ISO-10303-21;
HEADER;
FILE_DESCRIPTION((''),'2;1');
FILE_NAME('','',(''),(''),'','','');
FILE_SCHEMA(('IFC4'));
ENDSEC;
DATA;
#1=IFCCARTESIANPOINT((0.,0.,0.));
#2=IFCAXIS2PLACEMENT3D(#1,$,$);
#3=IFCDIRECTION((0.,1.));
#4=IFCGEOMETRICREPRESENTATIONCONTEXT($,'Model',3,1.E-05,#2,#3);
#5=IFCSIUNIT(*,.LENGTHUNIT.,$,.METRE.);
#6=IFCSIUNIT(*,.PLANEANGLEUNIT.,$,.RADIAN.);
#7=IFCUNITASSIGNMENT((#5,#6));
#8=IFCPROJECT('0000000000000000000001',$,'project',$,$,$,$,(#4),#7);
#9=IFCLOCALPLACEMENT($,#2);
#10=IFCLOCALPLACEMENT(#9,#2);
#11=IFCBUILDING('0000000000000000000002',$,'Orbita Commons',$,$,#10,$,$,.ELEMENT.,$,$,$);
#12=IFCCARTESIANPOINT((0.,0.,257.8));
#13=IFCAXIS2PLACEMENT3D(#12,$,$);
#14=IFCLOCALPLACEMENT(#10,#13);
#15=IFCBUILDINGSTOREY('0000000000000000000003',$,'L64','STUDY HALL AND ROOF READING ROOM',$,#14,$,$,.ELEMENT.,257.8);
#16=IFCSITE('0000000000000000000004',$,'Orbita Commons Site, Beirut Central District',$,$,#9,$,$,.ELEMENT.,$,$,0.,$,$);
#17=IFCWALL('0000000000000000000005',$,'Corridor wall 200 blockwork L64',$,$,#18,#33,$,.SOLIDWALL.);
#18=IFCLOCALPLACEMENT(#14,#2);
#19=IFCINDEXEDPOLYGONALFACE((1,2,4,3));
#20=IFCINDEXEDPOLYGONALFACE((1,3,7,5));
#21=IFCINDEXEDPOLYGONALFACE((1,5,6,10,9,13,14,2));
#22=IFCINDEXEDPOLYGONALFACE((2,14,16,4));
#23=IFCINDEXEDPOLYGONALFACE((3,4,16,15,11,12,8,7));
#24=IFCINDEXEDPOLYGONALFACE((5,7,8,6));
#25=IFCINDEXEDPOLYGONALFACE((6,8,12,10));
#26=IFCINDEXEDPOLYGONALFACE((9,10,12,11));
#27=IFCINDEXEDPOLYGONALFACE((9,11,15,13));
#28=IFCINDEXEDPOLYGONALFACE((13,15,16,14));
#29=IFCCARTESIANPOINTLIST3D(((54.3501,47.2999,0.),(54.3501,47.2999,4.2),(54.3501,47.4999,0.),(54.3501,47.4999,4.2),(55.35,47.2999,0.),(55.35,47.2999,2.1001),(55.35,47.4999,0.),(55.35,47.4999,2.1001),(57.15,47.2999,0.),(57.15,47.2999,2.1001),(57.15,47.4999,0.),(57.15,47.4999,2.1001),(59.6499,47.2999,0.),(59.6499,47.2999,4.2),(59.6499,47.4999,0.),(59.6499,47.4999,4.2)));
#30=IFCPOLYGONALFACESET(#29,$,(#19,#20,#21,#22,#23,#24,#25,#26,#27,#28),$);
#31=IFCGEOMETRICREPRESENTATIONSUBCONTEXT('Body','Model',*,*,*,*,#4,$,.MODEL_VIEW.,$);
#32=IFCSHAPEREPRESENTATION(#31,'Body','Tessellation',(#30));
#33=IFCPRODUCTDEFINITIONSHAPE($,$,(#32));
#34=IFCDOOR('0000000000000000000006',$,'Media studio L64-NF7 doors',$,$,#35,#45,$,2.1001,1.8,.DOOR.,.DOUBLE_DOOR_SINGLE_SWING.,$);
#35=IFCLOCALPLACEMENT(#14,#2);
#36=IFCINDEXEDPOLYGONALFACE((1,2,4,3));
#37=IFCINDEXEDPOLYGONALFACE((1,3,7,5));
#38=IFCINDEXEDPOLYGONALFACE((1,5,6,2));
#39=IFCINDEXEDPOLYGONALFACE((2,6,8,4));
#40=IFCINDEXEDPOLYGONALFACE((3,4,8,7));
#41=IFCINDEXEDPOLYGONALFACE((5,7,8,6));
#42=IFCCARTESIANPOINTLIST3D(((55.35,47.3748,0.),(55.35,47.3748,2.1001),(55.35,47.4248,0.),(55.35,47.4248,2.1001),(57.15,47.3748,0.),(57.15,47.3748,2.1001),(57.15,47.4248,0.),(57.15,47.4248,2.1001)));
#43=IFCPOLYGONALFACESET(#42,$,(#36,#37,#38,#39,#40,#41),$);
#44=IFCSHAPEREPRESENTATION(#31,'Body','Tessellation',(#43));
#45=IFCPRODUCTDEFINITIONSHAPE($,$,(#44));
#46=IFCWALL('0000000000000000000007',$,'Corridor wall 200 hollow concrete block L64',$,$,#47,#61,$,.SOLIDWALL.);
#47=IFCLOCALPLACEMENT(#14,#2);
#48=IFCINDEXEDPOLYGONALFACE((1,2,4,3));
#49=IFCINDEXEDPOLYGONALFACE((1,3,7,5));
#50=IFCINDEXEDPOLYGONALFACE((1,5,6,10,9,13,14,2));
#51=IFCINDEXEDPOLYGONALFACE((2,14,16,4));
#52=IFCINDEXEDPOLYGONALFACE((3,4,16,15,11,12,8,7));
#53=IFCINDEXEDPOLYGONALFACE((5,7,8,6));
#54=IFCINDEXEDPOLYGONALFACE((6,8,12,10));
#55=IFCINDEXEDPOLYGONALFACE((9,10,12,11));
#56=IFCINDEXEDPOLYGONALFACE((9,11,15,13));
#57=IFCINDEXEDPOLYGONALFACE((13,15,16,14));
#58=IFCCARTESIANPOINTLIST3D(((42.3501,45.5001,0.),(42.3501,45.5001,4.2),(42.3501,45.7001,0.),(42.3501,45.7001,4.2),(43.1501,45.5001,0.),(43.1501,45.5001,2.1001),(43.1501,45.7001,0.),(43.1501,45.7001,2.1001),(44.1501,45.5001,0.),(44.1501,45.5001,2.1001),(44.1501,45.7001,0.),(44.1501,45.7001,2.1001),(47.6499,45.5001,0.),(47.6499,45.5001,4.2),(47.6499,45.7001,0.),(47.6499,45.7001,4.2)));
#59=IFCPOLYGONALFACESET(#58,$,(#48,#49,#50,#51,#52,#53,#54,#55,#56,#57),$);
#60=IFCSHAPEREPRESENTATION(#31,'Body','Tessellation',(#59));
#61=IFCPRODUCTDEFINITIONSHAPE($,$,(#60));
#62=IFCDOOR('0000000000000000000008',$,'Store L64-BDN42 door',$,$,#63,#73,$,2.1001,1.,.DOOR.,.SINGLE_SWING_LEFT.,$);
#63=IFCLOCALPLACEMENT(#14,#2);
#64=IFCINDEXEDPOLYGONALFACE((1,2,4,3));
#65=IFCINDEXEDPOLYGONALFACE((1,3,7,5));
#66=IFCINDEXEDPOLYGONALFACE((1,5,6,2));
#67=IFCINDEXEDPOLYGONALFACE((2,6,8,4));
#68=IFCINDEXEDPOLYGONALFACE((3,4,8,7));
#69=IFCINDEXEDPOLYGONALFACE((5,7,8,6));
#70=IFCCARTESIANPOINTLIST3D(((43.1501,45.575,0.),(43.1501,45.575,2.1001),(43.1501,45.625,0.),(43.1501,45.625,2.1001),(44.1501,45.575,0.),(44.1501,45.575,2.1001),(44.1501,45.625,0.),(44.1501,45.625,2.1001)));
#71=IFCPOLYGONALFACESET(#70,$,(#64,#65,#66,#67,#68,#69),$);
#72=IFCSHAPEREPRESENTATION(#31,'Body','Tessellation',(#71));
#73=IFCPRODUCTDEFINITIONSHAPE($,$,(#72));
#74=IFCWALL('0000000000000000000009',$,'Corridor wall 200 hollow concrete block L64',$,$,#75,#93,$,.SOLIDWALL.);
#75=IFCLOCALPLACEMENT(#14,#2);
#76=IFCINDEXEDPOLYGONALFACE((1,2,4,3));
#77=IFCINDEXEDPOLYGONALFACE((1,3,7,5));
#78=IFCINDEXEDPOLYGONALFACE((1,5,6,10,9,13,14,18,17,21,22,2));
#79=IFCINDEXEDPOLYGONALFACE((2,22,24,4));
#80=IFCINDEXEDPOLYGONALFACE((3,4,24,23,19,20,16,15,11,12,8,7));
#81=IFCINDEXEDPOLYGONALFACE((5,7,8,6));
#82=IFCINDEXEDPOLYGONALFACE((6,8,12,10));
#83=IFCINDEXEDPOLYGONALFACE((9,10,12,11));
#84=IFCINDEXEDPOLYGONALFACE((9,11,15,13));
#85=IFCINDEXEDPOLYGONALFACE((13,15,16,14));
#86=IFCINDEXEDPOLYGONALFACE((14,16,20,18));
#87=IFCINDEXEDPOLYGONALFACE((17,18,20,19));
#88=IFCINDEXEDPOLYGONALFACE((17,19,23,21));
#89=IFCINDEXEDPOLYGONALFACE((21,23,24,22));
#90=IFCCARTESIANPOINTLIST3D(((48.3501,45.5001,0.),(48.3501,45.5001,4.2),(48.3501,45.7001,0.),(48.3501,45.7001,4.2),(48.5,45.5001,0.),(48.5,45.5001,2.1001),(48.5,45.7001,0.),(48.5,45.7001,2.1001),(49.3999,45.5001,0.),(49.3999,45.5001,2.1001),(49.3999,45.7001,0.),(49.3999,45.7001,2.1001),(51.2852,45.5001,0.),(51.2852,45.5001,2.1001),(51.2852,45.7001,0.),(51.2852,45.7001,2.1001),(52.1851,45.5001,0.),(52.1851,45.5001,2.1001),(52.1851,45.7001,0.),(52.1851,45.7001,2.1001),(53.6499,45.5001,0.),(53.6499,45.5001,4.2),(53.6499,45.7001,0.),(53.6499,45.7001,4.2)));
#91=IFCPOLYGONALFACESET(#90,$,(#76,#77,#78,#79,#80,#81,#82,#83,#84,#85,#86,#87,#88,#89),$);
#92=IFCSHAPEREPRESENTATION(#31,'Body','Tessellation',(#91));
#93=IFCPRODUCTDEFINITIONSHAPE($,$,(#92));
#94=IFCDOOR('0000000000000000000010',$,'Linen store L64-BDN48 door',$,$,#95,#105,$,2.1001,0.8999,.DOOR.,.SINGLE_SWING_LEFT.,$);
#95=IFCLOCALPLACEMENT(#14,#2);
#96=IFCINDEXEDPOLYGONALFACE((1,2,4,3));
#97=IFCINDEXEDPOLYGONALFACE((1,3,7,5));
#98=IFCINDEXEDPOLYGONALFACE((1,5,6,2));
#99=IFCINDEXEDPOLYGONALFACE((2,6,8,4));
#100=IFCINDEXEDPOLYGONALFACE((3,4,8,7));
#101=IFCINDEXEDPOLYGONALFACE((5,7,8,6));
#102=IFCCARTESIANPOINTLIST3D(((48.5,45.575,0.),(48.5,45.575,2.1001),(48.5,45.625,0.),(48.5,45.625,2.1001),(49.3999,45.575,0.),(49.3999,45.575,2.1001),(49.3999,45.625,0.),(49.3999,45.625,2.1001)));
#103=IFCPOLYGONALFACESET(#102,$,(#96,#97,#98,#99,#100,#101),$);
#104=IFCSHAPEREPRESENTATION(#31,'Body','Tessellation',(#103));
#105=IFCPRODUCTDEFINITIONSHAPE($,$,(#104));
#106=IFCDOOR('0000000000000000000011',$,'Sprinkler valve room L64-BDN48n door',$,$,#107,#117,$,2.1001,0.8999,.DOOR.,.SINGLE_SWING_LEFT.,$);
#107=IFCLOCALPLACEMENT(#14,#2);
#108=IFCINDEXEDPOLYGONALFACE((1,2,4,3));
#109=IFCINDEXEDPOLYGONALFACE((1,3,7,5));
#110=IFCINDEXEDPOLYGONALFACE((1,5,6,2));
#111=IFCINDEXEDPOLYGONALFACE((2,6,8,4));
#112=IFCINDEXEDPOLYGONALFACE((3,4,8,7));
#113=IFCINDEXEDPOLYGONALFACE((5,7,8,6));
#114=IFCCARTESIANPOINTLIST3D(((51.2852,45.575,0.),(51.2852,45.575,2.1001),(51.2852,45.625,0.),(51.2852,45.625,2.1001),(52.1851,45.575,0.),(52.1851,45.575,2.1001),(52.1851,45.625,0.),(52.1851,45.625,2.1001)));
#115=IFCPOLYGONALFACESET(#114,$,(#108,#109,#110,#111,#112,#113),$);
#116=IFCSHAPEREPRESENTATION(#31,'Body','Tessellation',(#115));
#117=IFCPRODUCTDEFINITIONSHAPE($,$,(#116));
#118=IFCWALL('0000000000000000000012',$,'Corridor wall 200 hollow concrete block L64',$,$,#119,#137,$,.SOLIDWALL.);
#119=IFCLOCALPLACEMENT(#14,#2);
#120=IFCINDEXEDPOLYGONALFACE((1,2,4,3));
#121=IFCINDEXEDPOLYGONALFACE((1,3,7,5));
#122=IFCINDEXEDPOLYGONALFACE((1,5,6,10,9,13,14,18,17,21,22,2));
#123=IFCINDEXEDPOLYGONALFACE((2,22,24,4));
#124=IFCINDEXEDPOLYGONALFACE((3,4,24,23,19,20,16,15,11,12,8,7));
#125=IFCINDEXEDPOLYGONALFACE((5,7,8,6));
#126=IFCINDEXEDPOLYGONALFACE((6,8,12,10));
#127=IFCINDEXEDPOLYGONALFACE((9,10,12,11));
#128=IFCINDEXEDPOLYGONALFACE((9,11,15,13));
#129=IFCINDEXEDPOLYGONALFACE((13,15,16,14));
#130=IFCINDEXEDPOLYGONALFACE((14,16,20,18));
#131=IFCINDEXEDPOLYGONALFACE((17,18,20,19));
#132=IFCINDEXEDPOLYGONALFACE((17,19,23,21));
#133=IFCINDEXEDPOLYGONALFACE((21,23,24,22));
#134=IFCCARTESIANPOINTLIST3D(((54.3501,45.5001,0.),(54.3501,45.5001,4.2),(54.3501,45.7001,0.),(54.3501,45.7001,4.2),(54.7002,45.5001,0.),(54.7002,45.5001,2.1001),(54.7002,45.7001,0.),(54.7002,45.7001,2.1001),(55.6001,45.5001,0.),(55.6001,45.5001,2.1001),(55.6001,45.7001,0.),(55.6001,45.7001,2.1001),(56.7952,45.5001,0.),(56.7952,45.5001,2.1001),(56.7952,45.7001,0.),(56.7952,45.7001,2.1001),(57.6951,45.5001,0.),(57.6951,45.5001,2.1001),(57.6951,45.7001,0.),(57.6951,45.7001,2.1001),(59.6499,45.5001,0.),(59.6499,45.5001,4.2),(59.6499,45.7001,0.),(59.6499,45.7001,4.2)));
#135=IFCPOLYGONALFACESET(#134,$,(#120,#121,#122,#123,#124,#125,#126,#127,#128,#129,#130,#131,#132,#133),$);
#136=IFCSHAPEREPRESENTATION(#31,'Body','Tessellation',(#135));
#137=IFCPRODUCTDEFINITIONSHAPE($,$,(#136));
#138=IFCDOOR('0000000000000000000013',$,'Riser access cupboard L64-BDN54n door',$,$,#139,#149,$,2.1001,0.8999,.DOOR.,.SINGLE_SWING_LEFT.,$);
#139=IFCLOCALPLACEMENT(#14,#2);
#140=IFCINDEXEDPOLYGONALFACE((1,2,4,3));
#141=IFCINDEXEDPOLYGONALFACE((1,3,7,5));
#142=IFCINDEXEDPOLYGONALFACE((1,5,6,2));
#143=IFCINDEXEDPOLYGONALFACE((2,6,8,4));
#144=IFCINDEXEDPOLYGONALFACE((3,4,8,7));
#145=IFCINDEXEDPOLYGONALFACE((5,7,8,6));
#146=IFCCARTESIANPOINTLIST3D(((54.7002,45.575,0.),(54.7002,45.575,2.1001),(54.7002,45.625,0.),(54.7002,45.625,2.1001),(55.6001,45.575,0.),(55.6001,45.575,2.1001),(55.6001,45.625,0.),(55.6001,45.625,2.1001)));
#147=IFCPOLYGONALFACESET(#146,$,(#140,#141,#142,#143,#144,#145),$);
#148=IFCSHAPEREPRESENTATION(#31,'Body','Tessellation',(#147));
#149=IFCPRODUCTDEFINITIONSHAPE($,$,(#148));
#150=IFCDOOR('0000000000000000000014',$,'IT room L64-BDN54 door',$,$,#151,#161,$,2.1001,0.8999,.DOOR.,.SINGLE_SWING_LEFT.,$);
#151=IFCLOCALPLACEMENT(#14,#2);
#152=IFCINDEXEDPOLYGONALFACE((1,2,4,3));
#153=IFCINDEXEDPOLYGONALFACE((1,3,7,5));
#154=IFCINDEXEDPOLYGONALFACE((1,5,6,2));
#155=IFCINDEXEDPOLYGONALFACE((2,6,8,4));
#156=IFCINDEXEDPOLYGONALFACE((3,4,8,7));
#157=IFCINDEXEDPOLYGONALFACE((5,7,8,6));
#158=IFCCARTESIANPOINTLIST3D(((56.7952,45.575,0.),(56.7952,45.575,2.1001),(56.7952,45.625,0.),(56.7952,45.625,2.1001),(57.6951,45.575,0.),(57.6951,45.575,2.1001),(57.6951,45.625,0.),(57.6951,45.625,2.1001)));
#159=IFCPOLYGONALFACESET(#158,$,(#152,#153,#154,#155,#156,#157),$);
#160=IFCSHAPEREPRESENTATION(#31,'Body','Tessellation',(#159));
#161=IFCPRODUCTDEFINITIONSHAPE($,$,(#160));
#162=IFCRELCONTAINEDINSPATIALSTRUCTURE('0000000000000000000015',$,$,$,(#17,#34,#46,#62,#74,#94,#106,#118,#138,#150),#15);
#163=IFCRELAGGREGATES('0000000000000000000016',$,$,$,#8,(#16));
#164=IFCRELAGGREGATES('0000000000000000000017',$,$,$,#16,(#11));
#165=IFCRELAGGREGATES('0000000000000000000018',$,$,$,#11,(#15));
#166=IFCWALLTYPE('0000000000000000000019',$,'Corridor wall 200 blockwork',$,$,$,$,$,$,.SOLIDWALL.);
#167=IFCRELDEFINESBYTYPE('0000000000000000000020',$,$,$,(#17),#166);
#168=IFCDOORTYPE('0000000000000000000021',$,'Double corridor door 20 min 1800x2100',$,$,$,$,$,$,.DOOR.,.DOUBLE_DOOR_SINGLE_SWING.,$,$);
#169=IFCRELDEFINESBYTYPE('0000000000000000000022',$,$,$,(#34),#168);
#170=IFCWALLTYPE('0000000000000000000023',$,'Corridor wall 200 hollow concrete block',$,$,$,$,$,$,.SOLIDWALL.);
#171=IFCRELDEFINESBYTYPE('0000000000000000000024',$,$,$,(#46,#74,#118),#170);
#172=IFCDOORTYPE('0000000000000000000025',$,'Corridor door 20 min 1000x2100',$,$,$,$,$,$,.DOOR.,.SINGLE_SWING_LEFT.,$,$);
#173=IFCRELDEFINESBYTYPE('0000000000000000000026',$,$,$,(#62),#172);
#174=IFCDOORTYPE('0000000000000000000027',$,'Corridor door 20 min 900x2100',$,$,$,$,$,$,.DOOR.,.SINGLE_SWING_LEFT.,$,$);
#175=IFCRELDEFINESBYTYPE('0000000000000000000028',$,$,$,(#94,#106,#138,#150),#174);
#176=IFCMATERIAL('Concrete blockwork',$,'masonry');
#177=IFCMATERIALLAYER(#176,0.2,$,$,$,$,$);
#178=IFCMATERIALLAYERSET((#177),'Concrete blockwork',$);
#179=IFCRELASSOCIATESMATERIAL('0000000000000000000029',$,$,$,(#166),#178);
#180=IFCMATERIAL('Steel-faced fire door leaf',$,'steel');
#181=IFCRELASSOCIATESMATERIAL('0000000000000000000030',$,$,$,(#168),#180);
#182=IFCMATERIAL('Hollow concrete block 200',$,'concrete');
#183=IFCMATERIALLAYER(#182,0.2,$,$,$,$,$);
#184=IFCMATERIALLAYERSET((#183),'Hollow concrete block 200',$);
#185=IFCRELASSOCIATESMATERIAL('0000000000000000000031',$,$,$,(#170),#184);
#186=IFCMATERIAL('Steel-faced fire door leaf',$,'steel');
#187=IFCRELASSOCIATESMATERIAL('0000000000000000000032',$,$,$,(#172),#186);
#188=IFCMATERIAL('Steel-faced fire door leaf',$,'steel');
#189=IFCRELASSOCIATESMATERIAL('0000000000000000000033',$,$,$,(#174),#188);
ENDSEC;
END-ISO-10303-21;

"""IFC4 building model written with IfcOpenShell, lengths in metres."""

from ifc_helpers import new_model, si_unit, direction, frame, frame_2d, origin, place, context, subcontext, project, spatial, rectangle, extrude, material, layer, layer_set, type_object, element, fill, save


model = new_model("IFC4")

# Units and contexts
model_context = context("Model", 3, precision=1e-05, world=origin(), true_north=direction((0.0, 1.0)))
body_context = subcontext(model_context, "Body", "Model", "MODEL_VIEW")
ifc_project = project(units=[si_unit("LENGTHUNIT", "METRE"), si_unit("PLANEANGLEUNIT", "RADIAN")], contexts=[model_context])

# Site, building, storey
site_placement = place(None, origin())
site = spatial("IfcSite", under=ifc_project, at=site_placement, Name="Orbita Commons Site, Beirut Central District", CompositionType="ELEMENT", RefElevation=0.0)
building_placement = place(site_placement, origin())
building = spatial("IfcBuilding", under=site, at=building_placement, Name="Orbita Commons", CompositionType="ELEMENT")
storey_placement = place(building_placement, frame((0.0, 0.0, 257.8)))
storey = spatial("IfcBuildingStorey", under=building, at=storey_placement, Name="L64", Description="STUDY HALL AND ROOF READING ROOM", CompositionType="ELEMENT", Elevation=257.8)

# Walls, openings, doors
ifc_material_1 = material(Name="Concrete blockwork", Category="masonry")
ifc_layer_1 = layer(ifc_material_1, 0.2)
ifc_layer_set_1 = layer_set([ifc_layer_1], Name="Concrete blockwork")
wall_type_1 = type_object("IfcWallType", Name="Corridor wall 200 blockwork", PredefinedType="SOLIDWALL", material=ifc_layer_set_1)
ifc_material_2 = material(Name="Steel-faced fire door leaf", Category="steel")
door_type_1 = type_object("IfcDoorType", Name="Double corridor door 20 min 1800x2100", OperationType="DOUBLE_DOOR_SINGLE_SWING", PredefinedType="DOOR", material=ifc_material_2)
wall_1_placement = place(storey_placement, frame((54.3501, 47.3999, 0.0), z_axis=(0.0, 0.0, 1.0), x_axis=(1.0, 0.0, 0.0)))
wall_1 = element("IfcWall", 1, at=wall_1_placement, inside=storey, type_object=wall_type_1, Name="Corridor wall 200 blockwork L64", PredefinedType="SOLIDWALL", context=body_context, shape_type="SweptSolid", body=[
    extrude(rectangle(XDim=5.2998, YDim=0.2, at=frame_2d((2.6499, 0.0))), origin(), (0.0, 0.0, 1.0), 4.2),
])
opening_1_placement = place(wall_1_placement, frame((1.0, 0.0, 0.0)))
opening_1 = element("IfcOpeningElement", 2, at=opening_1_placement, cuts=wall_1, PredefinedType="OPENING", context=body_context, shape_type="SweptSolid", body=[
    extrude(rectangle(XDim=1.8, YDim=2.1001, at=frame_2d((0.8999, 1.05))), frame((0.0, 0.1099, 0.0), z_axis=(0.0, -1.0, 0.0), x_axis=(1.0, 0.0, 0.0)), (0.0, 0.0, 1.0), 0.22),
])
door_1_placement = place(opening_1_placement, origin())
door_1 = element("IfcDoor", 3, at=door_1_placement, inside=storey, type_object=door_type_1, Name="Media studio L64-NF7 doors", OperationType="DOUBLE_DOOR_SINGLE_SWING", OverallHeight=2.1001, OverallWidth=1.8, PredefinedType="DOOR", context=body_context, shape_type="SweptSolid", body=[
    extrude(rectangle(XDim=1.8, YDim=2.1001, at=frame_2d((0.8999, 1.05))), frame((0.0, 0.0249, 0.0), z_axis=(0.0, -1.0, 0.0), x_axis=(1.0, 0.0, 0.0)), (0.0, 0.0, 1.0), 0.05),
])
fill(opening_1, door_1)
ifc_material_3 = material(Name="Hollow concrete block 200", Category="concrete")
ifc_layer_2 = layer(ifc_material_3, 0.2)
ifc_layer_set_2 = layer_set([ifc_layer_2], Name="Hollow concrete block 200")
wall_type_2 = type_object("IfcWallType", Name="Corridor wall 200 hollow concrete block", PredefinedType="SOLIDWALL", material=ifc_layer_set_2)
wall_2_placement = place(storey_placement, frame((42.3501, 45.6001, 0.0), z_axis=(0.0, 0.0, 1.0), x_axis=(1.0, 0.0, 0.0)))
wall_2 = element("IfcWall", 4, at=wall_2_placement, inside=storey, type_object=wall_type_2, Name="Corridor wall 200 hollow concrete block L64", PredefinedType="SOLIDWALL", context=body_context, shape_type="SweptSolid", body=[
    extrude(rectangle(XDim=5.2998, YDim=0.2, at=frame_2d((2.6499, 0.0))), origin(), (0.0, 0.0, 1.0), 4.2),
])
opening_2_placement = place(wall_2_placement, frame((0.8, 0.0, 0.0)))
opening_2 = element("IfcOpeningElement", 5, at=opening_2_placement, cuts=wall_2, PredefinedType="OPENING", context=body_context, shape_type="SweptSolid", body=[
    extrude(rectangle(XDim=1.0, YDim=2.1001, at=frame_2d((0.5, 1.05))), frame((0.0, 0.1099, 0.0), z_axis=(0.0, -1.0, 0.0), x_axis=(1.0, 0.0, 0.0)), (0.0, 0.0, 1.0), 0.22),
])
ifc_material_4 = material(Name="Steel-faced fire door leaf", Category="steel")
door_type_2 = type_object("IfcDoorType", Name="Corridor door 20 min 1000x2100", OperationType="SINGLE_SWING_LEFT", PredefinedType="DOOR", material=ifc_material_4)
door_2_placement = place(opening_2_placement, origin())
door_2 = element("IfcDoor", 6, at=door_2_placement, inside=storey, type_object=door_type_2, Name="Store L64-BDN42 door", OperationType="SINGLE_SWING_LEFT", OverallHeight=2.1001, OverallWidth=1.0, PredefinedType="DOOR", context=body_context, shape_type="SweptSolid", body=[
    extrude(rectangle(XDim=1.0, YDim=2.1001, at=frame_2d((0.5, 1.05))), frame((0.0, 0.0249, 0.0), z_axis=(0.0, -1.0, 0.0), x_axis=(1.0, 0.0, 0.0)), (0.0, 0.0, 1.0), 0.05),
])
fill(opening_2, door_2)

# Walls, openings, doors
wall_3_placement = place(storey_placement, frame((48.3501, 45.6001, 0.0), z_axis=(0.0, 0.0, 1.0), x_axis=(1.0, 0.0, 0.0)))
wall_3 = element("IfcWall", 7, at=wall_3_placement, inside=storey, type_object=wall_type_2, Name="Corridor wall 200 hollow concrete block L64", PredefinedType="SOLIDWALL", context=body_context, shape_type="SweptSolid", body=[
    extrude(rectangle(XDim=5.2998, YDim=0.2, at=frame_2d((2.6499, 0.0))), origin(), (0.0, 0.0, 1.0), 4.2),
])
opening_3_placement = place(wall_3_placement, frame((0.1499, 0.0, 0.0)))
opening_3 = element("IfcOpeningElement", 8, at=opening_3_placement, cuts=wall_3, PredefinedType="OPENING", context=body_context, shape_type="SweptSolid", body=[
    extrude(rectangle(XDim=0.8999, YDim=2.1001, at=frame_2d((0.45, 1.05))), frame((0.0, 0.1099, 0.0), z_axis=(0.0, -1.0, 0.0), x_axis=(1.0, 0.0, 0.0)), (0.0, 0.0, 1.0), 0.22),
])
opening_4_placement = place(wall_3_placement, frame((2.9351, 0.0, 0.0)))
opening_4 = element("IfcOpeningElement", 9, at=opening_4_placement, cuts=wall_3, PredefinedType="OPENING", context=body_context, shape_type="SweptSolid", body=[
    extrude(rectangle(XDim=0.8999, YDim=2.1001, at=frame_2d((0.45, 1.05))), frame((0.0, 0.1099, 0.0), z_axis=(0.0, -1.0, 0.0), x_axis=(1.0, 0.0, 0.0)), (0.0, 0.0, 1.0), 0.22),
])
ifc_material_5 = material(Name="Steel-faced fire door leaf", Category="steel")
door_type_3 = type_object("IfcDoorType", Name="Corridor door 20 min 900x2100", OperationType="SINGLE_SWING_LEFT", PredefinedType="DOOR", material=ifc_material_5)
door_3_placement = place(opening_3_placement, origin())
door_3 = element("IfcDoor", 10, at=door_3_placement, inside=storey, type_object=door_type_3, Name="Linen store L64-BDN48 door", OperationType="SINGLE_SWING_LEFT", OverallHeight=2.1001, OverallWidth=0.8999, PredefinedType="DOOR", context=body_context, shape_type="SweptSolid", body=[
    extrude(rectangle(XDim=0.8999, YDim=2.1001, at=frame_2d((0.45, 1.05))), frame((0.0, 0.0249, 0.0), z_axis=(0.0, -1.0, 0.0), x_axis=(1.0, 0.0, 0.0)), (0.0, 0.0, 1.0), 0.05),
])
fill(opening_3, door_3)
door_4_placement = place(opening_4_placement, origin())
door_4 = element("IfcDoor", 11, at=door_4_placement, inside=storey, type_object=door_type_3, Name="Sprinkler valve room L64-BDN48n door", OperationType="SINGLE_SWING_LEFT", OverallHeight=2.1001, OverallWidth=0.8999, PredefinedType="DOOR", context=body_context, shape_type="SweptSolid", body=[
    extrude(rectangle(XDim=0.8999, YDim=2.1001, at=frame_2d((0.45, 1.05))), frame((0.0, 0.0249, 0.0), z_axis=(0.0, -1.0, 0.0), x_axis=(1.0, 0.0, 0.0)), (0.0, 0.0, 1.0), 0.05),
])
fill(opening_4, door_4)
wall_4_placement = place(storey_placement, frame((54.3501, 45.6001, 0.0), z_axis=(0.0, 0.0, 1.0), x_axis=(1.0, 0.0, 0.0)))
wall_4 = element("IfcWall", 12, at=wall_4_placement, inside=storey, type_object=wall_type_2, Name="Corridor wall 200 hollow concrete block L64", PredefinedType="SOLIDWALL", context=body_context, shape_type="SweptSolid", body=[
    extrude(rectangle(XDim=5.2998, YDim=0.2, at=frame_2d((2.6499, 0.0))), origin(), (0.0, 0.0, 1.0), 4.2),
])
opening_5_placement = place(wall_4_placement, frame((0.3501, 0.0, 0.0)))
opening_5 = element("IfcOpeningElement", 13, at=opening_5_placement, cuts=wall_4, PredefinedType="OPENING", context=body_context, shape_type="SweptSolid", body=[
    extrude(rectangle(XDim=0.8999, YDim=2.1001, at=frame_2d((0.45, 1.05))), frame((0.0, 0.1099, 0.0), z_axis=(0.0, -1.0, 0.0), x_axis=(1.0, 0.0, 0.0)), (0.0, 0.0, 1.0), 0.22),
])
opening_6_placement = place(wall_4_placement, frame((2.4451, 0.0, 0.0)))
opening_6 = element("IfcOpeningElement", 14, at=opening_6_placement, cuts=wall_4, PredefinedType="OPENING", context=body_context, shape_type="SweptSolid", body=[
    extrude(rectangle(XDim=0.8999, YDim=2.1001, at=frame_2d((0.45, 1.05))), frame((0.0, 0.1099, 0.0), z_axis=(0.0, -1.0, 0.0), x_axis=(1.0, 0.0, 0.0)), (0.0, 0.0, 1.0), 0.22),
])
door_5_placement = place(opening_5_placement, origin())
door_5 = element("IfcDoor", 15, at=door_5_placement, inside=storey, type_object=door_type_3, Name="Riser access cupboard L64-BDN54n door", OperationType="SINGLE_SWING_LEFT", OverallHeight=2.1001, OverallWidth=0.8999, PredefinedType="DOOR", context=body_context, shape_type="SweptSolid", body=[
    extrude(rectangle(XDim=0.8999, YDim=2.1001, at=frame_2d((0.45, 1.05))), frame((0.0, 0.0249, 0.0), z_axis=(0.0, -1.0, 0.0), x_axis=(1.0, 0.0, 0.0)), (0.0, 0.0, 1.0), 0.05),
])
fill(opening_5, door_5)
door_6_placement = place(opening_6_placement, origin())
door_6 = element("IfcDoor", 16, at=door_6_placement, inside=storey, type_object=door_type_3, Name="IT room L64-BDN54 door", OperationType="SINGLE_SWING_LEFT", OverallHeight=2.1001, OverallWidth=0.8999, PredefinedType="DOOR", context=body_context, shape_type="SweptSolid", body=[
    extrude(rectangle(XDim=0.8999, YDim=2.1001, at=frame_2d((0.45, 1.05))), frame((0.0, 0.0249, 0.0), z_axis=(0.0, -1.0, 0.0), x_axis=(1.0, 0.0, 0.0)), (0.0, 0.0, 1.0), 0.05),
])
fill(opening_6, door_6)

save(model, "model.ifc")
